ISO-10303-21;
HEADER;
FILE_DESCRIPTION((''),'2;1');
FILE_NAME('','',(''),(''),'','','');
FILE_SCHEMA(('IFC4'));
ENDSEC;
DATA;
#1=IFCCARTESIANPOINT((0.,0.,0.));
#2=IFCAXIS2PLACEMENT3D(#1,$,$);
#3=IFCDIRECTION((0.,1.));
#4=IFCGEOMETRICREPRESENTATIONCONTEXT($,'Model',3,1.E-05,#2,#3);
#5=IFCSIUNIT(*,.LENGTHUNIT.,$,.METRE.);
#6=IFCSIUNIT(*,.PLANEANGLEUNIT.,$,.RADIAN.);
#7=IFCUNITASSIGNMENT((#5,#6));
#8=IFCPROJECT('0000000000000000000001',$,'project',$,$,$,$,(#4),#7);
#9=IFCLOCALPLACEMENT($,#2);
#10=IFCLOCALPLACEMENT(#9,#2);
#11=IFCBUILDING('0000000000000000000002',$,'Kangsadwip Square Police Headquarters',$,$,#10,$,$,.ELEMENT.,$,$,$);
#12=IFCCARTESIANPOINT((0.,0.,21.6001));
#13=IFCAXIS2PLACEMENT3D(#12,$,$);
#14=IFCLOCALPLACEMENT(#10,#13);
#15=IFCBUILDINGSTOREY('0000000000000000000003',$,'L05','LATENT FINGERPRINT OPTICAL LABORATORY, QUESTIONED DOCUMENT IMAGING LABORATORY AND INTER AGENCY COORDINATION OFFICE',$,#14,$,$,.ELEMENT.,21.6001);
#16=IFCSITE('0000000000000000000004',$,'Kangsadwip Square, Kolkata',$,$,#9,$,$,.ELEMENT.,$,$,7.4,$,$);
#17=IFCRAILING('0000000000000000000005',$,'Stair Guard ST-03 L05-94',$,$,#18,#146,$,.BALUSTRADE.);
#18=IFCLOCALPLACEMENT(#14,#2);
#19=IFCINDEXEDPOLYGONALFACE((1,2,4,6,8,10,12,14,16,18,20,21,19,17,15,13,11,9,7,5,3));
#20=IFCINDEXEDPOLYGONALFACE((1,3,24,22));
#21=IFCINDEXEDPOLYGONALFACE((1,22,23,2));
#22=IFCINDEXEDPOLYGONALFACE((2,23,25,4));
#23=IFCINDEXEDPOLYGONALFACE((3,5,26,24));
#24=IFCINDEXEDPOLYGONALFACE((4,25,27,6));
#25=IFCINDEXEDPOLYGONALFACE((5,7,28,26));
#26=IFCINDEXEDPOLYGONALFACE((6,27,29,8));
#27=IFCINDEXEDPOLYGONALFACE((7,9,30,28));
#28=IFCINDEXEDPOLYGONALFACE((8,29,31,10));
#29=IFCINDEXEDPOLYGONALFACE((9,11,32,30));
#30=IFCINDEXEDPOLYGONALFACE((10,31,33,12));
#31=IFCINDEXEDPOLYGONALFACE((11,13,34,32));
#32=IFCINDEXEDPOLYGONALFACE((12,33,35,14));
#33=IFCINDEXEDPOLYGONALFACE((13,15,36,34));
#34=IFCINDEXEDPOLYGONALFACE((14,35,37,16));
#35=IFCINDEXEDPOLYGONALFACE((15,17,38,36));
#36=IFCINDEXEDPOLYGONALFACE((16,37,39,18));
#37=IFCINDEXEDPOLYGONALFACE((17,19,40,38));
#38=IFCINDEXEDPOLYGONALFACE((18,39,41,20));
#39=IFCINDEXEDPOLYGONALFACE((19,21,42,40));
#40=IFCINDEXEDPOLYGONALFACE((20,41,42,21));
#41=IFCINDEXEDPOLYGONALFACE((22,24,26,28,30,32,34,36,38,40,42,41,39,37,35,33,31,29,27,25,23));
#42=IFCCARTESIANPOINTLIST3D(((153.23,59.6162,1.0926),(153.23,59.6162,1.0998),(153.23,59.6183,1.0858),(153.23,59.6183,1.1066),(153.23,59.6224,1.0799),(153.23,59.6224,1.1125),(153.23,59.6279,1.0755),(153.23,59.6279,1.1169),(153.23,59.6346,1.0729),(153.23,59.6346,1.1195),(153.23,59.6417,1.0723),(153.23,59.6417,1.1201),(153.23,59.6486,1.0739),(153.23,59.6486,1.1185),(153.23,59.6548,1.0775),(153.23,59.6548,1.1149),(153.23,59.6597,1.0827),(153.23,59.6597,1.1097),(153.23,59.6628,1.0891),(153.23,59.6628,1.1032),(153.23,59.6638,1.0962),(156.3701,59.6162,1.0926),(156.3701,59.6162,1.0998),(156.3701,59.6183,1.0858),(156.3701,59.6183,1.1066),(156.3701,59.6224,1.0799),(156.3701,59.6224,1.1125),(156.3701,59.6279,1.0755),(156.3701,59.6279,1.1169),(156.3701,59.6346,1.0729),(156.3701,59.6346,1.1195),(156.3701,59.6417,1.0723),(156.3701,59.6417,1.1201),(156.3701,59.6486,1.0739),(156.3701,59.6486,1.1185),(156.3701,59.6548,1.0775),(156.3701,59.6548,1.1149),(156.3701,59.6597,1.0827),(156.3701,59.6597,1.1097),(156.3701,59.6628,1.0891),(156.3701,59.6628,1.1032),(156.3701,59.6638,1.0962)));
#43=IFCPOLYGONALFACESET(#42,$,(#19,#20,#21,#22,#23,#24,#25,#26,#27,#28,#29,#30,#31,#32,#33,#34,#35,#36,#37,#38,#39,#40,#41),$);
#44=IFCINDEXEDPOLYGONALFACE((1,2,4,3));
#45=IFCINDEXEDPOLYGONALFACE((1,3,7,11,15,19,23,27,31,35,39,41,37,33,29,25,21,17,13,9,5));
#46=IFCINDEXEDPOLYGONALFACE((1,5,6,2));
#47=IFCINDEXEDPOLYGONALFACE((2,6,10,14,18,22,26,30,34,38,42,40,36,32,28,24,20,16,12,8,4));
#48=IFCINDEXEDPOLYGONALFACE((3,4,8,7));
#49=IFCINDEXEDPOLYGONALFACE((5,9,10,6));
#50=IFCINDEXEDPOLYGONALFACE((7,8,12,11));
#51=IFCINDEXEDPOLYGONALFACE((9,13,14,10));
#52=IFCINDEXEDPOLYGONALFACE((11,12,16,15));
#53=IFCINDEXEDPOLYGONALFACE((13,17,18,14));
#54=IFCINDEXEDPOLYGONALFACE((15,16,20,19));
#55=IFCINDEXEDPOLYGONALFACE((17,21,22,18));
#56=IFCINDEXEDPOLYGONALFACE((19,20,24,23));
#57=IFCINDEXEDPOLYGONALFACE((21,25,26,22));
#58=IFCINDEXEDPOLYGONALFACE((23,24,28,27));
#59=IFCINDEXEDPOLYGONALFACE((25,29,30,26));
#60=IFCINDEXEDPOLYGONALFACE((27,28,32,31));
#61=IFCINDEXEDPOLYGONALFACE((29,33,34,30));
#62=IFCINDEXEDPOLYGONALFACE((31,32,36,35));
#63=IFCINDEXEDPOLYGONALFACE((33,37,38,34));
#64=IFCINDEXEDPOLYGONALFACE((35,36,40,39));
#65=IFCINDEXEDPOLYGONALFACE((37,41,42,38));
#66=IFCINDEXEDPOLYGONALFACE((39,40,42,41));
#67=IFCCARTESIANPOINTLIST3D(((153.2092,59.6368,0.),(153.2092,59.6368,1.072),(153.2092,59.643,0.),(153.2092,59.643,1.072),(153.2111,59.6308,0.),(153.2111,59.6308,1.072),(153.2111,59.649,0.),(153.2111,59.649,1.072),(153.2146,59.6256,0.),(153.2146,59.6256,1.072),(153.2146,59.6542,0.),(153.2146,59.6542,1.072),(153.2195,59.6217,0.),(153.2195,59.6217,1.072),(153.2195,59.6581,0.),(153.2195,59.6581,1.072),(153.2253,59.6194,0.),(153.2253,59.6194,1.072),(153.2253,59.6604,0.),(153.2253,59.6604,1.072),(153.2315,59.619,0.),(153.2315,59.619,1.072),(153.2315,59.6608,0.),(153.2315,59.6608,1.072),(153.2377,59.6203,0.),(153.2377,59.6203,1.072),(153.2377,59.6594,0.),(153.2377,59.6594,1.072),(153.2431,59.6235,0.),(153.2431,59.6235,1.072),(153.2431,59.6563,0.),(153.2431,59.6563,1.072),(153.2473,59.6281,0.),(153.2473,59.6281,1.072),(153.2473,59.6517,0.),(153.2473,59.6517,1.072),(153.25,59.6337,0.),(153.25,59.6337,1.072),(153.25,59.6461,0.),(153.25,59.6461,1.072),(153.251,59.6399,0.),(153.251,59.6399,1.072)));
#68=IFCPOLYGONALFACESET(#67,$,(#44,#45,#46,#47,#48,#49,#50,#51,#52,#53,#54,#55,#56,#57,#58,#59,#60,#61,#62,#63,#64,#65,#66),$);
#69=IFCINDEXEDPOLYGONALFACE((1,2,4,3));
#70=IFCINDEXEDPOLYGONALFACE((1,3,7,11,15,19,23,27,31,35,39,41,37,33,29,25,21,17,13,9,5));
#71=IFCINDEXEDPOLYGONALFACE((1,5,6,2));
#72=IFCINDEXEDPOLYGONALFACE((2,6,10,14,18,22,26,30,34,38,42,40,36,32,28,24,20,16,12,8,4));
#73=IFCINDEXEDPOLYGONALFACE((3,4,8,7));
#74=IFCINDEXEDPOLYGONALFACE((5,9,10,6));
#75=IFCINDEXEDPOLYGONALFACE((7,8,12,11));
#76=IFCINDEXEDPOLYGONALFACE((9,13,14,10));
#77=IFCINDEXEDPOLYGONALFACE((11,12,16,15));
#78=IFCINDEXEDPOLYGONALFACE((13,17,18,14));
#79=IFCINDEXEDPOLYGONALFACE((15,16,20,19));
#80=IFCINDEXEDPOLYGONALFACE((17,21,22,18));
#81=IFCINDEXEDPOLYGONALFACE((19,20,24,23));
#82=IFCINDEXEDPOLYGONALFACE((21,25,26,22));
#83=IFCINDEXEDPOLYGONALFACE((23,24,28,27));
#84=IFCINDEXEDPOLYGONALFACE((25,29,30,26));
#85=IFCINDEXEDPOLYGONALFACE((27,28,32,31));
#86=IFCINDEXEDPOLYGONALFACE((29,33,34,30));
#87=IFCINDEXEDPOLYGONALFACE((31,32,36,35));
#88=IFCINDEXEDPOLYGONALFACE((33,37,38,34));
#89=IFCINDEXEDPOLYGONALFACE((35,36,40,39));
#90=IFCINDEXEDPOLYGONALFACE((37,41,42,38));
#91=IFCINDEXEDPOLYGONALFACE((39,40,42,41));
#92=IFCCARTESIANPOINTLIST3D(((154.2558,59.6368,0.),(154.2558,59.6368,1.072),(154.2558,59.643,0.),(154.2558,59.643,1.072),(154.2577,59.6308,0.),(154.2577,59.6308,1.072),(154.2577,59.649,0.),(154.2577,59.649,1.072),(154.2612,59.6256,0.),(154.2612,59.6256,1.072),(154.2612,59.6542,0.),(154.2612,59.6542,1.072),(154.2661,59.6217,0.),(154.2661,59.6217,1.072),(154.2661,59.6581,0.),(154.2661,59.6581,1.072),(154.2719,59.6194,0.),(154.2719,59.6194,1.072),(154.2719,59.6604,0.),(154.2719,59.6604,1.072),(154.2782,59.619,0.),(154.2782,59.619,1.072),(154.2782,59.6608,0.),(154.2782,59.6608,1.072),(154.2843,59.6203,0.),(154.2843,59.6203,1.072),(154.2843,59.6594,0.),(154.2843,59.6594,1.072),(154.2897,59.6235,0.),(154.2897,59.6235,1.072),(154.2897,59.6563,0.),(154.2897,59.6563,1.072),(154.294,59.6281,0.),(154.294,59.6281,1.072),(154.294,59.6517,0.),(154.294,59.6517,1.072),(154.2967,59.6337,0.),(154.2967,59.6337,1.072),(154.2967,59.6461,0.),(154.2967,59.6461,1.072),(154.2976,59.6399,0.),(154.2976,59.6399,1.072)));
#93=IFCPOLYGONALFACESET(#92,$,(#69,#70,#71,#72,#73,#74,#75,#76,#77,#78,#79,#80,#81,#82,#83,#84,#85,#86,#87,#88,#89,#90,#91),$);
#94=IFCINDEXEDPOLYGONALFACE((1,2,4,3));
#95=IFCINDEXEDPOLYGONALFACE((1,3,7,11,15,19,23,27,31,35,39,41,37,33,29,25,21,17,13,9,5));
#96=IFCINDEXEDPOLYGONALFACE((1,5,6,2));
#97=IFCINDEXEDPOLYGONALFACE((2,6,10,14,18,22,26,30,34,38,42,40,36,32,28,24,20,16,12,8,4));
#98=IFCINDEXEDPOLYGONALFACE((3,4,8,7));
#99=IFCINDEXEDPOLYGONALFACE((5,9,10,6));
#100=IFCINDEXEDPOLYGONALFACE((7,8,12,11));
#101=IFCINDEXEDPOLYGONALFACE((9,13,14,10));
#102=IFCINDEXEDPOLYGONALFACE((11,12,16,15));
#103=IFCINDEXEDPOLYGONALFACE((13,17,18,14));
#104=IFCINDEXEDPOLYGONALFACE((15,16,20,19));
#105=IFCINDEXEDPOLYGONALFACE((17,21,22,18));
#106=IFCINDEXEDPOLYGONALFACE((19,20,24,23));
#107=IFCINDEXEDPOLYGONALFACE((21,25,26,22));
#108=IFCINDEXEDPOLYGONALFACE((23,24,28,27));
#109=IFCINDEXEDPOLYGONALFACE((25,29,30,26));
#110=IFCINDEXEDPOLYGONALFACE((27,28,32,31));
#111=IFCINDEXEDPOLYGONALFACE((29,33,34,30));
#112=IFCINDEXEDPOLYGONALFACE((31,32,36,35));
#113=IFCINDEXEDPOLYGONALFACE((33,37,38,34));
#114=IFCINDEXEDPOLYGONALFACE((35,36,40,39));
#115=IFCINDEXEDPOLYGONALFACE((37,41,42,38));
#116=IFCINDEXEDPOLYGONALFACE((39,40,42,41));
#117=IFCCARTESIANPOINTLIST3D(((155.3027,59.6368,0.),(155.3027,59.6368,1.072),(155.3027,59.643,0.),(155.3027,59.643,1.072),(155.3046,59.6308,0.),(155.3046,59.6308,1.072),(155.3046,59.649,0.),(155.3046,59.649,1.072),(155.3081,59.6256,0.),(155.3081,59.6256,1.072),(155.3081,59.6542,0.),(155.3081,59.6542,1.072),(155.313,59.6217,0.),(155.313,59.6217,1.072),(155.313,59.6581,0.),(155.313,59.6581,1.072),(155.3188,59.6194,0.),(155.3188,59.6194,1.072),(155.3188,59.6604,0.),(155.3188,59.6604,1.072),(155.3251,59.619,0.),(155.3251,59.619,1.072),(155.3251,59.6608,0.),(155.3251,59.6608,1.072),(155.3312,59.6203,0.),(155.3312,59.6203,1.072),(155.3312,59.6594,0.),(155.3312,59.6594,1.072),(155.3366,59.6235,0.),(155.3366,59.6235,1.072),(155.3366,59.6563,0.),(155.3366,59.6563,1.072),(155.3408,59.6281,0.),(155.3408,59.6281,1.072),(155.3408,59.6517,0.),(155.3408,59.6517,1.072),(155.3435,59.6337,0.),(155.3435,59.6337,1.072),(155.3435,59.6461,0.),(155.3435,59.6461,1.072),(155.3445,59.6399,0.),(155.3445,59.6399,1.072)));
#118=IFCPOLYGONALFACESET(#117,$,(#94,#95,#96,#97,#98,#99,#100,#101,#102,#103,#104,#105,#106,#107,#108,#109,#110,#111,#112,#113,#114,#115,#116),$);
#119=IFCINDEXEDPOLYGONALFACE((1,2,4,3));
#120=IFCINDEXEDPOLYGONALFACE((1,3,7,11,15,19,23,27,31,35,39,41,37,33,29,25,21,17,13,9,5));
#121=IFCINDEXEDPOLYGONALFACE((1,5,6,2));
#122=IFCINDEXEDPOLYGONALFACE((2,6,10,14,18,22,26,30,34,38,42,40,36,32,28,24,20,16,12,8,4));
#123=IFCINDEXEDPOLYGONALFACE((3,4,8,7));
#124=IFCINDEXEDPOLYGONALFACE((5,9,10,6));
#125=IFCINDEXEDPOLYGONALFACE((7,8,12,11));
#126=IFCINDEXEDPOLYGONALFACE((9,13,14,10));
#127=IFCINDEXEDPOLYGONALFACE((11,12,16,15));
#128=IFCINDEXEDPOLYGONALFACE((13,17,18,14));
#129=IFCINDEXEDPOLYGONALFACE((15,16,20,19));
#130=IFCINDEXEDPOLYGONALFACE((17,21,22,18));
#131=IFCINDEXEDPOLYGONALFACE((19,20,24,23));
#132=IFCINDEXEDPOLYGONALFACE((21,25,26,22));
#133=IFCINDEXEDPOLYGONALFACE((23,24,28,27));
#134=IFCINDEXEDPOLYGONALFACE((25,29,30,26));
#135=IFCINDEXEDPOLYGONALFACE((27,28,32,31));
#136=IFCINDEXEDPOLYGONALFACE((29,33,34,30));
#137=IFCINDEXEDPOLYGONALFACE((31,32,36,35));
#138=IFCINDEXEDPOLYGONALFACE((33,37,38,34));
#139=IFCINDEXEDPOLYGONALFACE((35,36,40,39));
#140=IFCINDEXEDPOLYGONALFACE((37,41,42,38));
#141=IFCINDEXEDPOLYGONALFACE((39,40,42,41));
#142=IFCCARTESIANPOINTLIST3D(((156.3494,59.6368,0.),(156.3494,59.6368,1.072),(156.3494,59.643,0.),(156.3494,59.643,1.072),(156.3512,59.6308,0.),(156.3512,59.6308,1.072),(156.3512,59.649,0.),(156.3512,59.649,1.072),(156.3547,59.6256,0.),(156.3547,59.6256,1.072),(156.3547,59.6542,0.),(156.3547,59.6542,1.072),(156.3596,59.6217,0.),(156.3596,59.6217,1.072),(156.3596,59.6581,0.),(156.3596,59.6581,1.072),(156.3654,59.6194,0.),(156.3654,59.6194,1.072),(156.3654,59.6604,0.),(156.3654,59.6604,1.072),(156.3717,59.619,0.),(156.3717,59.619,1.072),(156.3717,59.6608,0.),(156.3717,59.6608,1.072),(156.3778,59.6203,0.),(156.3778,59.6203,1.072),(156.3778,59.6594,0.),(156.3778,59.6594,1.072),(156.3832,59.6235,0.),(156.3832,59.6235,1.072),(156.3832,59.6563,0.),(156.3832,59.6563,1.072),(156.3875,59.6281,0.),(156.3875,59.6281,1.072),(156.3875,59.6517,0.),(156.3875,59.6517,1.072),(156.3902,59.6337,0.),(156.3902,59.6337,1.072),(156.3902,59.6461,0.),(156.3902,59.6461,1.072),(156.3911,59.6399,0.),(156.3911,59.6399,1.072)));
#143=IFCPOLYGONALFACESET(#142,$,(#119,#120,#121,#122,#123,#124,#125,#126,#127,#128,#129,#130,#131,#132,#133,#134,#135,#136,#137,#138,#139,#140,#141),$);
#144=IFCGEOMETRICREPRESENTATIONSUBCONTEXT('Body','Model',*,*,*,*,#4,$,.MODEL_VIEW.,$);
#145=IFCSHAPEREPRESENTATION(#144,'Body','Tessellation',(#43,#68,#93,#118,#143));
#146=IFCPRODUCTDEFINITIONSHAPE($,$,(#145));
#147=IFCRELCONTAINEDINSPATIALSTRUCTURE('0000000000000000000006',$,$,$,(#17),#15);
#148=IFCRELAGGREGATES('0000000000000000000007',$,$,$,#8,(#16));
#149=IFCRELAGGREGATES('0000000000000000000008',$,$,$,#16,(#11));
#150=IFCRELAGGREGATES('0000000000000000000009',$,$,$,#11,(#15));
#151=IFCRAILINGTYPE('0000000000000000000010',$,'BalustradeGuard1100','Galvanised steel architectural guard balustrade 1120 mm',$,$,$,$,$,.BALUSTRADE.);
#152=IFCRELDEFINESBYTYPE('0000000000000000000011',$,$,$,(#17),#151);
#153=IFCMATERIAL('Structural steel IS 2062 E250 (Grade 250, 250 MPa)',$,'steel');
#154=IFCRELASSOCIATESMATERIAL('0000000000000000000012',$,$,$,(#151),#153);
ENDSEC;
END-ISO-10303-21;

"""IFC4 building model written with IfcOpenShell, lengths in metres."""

from ifc_helpers import new_model, si_unit, direction, frame, origin, origin_2d, place, context, subcontext, project, spatial, circle, extrude, material, type_object, element, save


model = new_model("IFC4")

# Units and contexts
model_context = context("Model", 3, precision=1e-05, world=origin(), true_north=direction((0.0, 1.0)))
body_context = subcontext(model_context, "Body", "Model", "MODEL_VIEW")
ifc_project = project(units=[si_unit("LENGTHUNIT", "METRE"), si_unit("PLANEANGLEUNIT", "RADIAN")], contexts=[model_context])

# Site, building, storey
site_placement = place(None, origin())
site = spatial("IfcSite", under=ifc_project, at=site_placement, Name="Kangsadwip Square, Kolkata", CompositionType="ELEMENT", RefElevation=7.4)
building_placement = place(site_placement, origin())
building = spatial("IfcBuilding", under=site, at=building_placement, Name="Kangsadwip Square Police Headquarters", CompositionType="ELEMENT")
storey_placement = place(building_placement, frame((0.0, 0.0, 21.6001)))
storey = spatial("IfcBuildingStorey", under=building, at=storey_placement, Name="L05", Description="LATENT FINGERPRINT OPTICAL LABORATORY, QUESTIONED DOCUMENT IMAGING LABORATORY AND INTER AGENCY COORDINATION OFFICE", CompositionType="ELEMENT", Elevation=21.6001)

# Railing
ifc_material_1 = material(Name="Structural steel IS 2062 E250 (Grade 250, 250 MPa)", Category="steel")
railing_type_1 = type_object("IfcRailingType", Name="BalustradeGuard1100", Description="Galvanised steel architectural guard balustrade 1120 mm", PredefinedType="BALUSTRADE", material=ifc_material_1)
for number, where, name in (
    (1, (153.23, 59.6399, 0.0), "Stair Guard ST-03 L05-94"),
):
    element("IfcRailing", number, at=place(storey_placement, frame(where)), inside=storey, type_object=railing_type_1, Name=name, PredefinedType="BALUSTRADE", context=body_context, shape_type="SweptSolid", body=[
        extrude(circle(Radius=0.0239, at=origin_2d()), frame((0.0, 0.0, 1.0962), z_axis=(1.0, 0.0, 0.0), x_axis=(0.0, 1.0, 0.0)), (0.0, 0.0, 1.0), 3.1401),
        extrude(circle(Radius=0.021, at=origin_2d()), origin(), (0.0, 0.0, 1.0), 1.072),
        extrude(circle(Radius=0.021, at=origin_2d()), frame((1.0466, 0.0, 0.0)), (0.0, 0.0, 1.0), 1.072),
        extrude(circle(Radius=0.021, at=origin_2d()), frame((2.0935, 0.0, 0.0)), (0.0, 0.0, 1.0), 1.072),
        extrude(circle(Radius=0.021, at=origin_2d()), frame((3.1401, 0.0, 0.0)), (0.0, 0.0, 1.0), 1.072),
    ])

save(model, "model.ifc")
